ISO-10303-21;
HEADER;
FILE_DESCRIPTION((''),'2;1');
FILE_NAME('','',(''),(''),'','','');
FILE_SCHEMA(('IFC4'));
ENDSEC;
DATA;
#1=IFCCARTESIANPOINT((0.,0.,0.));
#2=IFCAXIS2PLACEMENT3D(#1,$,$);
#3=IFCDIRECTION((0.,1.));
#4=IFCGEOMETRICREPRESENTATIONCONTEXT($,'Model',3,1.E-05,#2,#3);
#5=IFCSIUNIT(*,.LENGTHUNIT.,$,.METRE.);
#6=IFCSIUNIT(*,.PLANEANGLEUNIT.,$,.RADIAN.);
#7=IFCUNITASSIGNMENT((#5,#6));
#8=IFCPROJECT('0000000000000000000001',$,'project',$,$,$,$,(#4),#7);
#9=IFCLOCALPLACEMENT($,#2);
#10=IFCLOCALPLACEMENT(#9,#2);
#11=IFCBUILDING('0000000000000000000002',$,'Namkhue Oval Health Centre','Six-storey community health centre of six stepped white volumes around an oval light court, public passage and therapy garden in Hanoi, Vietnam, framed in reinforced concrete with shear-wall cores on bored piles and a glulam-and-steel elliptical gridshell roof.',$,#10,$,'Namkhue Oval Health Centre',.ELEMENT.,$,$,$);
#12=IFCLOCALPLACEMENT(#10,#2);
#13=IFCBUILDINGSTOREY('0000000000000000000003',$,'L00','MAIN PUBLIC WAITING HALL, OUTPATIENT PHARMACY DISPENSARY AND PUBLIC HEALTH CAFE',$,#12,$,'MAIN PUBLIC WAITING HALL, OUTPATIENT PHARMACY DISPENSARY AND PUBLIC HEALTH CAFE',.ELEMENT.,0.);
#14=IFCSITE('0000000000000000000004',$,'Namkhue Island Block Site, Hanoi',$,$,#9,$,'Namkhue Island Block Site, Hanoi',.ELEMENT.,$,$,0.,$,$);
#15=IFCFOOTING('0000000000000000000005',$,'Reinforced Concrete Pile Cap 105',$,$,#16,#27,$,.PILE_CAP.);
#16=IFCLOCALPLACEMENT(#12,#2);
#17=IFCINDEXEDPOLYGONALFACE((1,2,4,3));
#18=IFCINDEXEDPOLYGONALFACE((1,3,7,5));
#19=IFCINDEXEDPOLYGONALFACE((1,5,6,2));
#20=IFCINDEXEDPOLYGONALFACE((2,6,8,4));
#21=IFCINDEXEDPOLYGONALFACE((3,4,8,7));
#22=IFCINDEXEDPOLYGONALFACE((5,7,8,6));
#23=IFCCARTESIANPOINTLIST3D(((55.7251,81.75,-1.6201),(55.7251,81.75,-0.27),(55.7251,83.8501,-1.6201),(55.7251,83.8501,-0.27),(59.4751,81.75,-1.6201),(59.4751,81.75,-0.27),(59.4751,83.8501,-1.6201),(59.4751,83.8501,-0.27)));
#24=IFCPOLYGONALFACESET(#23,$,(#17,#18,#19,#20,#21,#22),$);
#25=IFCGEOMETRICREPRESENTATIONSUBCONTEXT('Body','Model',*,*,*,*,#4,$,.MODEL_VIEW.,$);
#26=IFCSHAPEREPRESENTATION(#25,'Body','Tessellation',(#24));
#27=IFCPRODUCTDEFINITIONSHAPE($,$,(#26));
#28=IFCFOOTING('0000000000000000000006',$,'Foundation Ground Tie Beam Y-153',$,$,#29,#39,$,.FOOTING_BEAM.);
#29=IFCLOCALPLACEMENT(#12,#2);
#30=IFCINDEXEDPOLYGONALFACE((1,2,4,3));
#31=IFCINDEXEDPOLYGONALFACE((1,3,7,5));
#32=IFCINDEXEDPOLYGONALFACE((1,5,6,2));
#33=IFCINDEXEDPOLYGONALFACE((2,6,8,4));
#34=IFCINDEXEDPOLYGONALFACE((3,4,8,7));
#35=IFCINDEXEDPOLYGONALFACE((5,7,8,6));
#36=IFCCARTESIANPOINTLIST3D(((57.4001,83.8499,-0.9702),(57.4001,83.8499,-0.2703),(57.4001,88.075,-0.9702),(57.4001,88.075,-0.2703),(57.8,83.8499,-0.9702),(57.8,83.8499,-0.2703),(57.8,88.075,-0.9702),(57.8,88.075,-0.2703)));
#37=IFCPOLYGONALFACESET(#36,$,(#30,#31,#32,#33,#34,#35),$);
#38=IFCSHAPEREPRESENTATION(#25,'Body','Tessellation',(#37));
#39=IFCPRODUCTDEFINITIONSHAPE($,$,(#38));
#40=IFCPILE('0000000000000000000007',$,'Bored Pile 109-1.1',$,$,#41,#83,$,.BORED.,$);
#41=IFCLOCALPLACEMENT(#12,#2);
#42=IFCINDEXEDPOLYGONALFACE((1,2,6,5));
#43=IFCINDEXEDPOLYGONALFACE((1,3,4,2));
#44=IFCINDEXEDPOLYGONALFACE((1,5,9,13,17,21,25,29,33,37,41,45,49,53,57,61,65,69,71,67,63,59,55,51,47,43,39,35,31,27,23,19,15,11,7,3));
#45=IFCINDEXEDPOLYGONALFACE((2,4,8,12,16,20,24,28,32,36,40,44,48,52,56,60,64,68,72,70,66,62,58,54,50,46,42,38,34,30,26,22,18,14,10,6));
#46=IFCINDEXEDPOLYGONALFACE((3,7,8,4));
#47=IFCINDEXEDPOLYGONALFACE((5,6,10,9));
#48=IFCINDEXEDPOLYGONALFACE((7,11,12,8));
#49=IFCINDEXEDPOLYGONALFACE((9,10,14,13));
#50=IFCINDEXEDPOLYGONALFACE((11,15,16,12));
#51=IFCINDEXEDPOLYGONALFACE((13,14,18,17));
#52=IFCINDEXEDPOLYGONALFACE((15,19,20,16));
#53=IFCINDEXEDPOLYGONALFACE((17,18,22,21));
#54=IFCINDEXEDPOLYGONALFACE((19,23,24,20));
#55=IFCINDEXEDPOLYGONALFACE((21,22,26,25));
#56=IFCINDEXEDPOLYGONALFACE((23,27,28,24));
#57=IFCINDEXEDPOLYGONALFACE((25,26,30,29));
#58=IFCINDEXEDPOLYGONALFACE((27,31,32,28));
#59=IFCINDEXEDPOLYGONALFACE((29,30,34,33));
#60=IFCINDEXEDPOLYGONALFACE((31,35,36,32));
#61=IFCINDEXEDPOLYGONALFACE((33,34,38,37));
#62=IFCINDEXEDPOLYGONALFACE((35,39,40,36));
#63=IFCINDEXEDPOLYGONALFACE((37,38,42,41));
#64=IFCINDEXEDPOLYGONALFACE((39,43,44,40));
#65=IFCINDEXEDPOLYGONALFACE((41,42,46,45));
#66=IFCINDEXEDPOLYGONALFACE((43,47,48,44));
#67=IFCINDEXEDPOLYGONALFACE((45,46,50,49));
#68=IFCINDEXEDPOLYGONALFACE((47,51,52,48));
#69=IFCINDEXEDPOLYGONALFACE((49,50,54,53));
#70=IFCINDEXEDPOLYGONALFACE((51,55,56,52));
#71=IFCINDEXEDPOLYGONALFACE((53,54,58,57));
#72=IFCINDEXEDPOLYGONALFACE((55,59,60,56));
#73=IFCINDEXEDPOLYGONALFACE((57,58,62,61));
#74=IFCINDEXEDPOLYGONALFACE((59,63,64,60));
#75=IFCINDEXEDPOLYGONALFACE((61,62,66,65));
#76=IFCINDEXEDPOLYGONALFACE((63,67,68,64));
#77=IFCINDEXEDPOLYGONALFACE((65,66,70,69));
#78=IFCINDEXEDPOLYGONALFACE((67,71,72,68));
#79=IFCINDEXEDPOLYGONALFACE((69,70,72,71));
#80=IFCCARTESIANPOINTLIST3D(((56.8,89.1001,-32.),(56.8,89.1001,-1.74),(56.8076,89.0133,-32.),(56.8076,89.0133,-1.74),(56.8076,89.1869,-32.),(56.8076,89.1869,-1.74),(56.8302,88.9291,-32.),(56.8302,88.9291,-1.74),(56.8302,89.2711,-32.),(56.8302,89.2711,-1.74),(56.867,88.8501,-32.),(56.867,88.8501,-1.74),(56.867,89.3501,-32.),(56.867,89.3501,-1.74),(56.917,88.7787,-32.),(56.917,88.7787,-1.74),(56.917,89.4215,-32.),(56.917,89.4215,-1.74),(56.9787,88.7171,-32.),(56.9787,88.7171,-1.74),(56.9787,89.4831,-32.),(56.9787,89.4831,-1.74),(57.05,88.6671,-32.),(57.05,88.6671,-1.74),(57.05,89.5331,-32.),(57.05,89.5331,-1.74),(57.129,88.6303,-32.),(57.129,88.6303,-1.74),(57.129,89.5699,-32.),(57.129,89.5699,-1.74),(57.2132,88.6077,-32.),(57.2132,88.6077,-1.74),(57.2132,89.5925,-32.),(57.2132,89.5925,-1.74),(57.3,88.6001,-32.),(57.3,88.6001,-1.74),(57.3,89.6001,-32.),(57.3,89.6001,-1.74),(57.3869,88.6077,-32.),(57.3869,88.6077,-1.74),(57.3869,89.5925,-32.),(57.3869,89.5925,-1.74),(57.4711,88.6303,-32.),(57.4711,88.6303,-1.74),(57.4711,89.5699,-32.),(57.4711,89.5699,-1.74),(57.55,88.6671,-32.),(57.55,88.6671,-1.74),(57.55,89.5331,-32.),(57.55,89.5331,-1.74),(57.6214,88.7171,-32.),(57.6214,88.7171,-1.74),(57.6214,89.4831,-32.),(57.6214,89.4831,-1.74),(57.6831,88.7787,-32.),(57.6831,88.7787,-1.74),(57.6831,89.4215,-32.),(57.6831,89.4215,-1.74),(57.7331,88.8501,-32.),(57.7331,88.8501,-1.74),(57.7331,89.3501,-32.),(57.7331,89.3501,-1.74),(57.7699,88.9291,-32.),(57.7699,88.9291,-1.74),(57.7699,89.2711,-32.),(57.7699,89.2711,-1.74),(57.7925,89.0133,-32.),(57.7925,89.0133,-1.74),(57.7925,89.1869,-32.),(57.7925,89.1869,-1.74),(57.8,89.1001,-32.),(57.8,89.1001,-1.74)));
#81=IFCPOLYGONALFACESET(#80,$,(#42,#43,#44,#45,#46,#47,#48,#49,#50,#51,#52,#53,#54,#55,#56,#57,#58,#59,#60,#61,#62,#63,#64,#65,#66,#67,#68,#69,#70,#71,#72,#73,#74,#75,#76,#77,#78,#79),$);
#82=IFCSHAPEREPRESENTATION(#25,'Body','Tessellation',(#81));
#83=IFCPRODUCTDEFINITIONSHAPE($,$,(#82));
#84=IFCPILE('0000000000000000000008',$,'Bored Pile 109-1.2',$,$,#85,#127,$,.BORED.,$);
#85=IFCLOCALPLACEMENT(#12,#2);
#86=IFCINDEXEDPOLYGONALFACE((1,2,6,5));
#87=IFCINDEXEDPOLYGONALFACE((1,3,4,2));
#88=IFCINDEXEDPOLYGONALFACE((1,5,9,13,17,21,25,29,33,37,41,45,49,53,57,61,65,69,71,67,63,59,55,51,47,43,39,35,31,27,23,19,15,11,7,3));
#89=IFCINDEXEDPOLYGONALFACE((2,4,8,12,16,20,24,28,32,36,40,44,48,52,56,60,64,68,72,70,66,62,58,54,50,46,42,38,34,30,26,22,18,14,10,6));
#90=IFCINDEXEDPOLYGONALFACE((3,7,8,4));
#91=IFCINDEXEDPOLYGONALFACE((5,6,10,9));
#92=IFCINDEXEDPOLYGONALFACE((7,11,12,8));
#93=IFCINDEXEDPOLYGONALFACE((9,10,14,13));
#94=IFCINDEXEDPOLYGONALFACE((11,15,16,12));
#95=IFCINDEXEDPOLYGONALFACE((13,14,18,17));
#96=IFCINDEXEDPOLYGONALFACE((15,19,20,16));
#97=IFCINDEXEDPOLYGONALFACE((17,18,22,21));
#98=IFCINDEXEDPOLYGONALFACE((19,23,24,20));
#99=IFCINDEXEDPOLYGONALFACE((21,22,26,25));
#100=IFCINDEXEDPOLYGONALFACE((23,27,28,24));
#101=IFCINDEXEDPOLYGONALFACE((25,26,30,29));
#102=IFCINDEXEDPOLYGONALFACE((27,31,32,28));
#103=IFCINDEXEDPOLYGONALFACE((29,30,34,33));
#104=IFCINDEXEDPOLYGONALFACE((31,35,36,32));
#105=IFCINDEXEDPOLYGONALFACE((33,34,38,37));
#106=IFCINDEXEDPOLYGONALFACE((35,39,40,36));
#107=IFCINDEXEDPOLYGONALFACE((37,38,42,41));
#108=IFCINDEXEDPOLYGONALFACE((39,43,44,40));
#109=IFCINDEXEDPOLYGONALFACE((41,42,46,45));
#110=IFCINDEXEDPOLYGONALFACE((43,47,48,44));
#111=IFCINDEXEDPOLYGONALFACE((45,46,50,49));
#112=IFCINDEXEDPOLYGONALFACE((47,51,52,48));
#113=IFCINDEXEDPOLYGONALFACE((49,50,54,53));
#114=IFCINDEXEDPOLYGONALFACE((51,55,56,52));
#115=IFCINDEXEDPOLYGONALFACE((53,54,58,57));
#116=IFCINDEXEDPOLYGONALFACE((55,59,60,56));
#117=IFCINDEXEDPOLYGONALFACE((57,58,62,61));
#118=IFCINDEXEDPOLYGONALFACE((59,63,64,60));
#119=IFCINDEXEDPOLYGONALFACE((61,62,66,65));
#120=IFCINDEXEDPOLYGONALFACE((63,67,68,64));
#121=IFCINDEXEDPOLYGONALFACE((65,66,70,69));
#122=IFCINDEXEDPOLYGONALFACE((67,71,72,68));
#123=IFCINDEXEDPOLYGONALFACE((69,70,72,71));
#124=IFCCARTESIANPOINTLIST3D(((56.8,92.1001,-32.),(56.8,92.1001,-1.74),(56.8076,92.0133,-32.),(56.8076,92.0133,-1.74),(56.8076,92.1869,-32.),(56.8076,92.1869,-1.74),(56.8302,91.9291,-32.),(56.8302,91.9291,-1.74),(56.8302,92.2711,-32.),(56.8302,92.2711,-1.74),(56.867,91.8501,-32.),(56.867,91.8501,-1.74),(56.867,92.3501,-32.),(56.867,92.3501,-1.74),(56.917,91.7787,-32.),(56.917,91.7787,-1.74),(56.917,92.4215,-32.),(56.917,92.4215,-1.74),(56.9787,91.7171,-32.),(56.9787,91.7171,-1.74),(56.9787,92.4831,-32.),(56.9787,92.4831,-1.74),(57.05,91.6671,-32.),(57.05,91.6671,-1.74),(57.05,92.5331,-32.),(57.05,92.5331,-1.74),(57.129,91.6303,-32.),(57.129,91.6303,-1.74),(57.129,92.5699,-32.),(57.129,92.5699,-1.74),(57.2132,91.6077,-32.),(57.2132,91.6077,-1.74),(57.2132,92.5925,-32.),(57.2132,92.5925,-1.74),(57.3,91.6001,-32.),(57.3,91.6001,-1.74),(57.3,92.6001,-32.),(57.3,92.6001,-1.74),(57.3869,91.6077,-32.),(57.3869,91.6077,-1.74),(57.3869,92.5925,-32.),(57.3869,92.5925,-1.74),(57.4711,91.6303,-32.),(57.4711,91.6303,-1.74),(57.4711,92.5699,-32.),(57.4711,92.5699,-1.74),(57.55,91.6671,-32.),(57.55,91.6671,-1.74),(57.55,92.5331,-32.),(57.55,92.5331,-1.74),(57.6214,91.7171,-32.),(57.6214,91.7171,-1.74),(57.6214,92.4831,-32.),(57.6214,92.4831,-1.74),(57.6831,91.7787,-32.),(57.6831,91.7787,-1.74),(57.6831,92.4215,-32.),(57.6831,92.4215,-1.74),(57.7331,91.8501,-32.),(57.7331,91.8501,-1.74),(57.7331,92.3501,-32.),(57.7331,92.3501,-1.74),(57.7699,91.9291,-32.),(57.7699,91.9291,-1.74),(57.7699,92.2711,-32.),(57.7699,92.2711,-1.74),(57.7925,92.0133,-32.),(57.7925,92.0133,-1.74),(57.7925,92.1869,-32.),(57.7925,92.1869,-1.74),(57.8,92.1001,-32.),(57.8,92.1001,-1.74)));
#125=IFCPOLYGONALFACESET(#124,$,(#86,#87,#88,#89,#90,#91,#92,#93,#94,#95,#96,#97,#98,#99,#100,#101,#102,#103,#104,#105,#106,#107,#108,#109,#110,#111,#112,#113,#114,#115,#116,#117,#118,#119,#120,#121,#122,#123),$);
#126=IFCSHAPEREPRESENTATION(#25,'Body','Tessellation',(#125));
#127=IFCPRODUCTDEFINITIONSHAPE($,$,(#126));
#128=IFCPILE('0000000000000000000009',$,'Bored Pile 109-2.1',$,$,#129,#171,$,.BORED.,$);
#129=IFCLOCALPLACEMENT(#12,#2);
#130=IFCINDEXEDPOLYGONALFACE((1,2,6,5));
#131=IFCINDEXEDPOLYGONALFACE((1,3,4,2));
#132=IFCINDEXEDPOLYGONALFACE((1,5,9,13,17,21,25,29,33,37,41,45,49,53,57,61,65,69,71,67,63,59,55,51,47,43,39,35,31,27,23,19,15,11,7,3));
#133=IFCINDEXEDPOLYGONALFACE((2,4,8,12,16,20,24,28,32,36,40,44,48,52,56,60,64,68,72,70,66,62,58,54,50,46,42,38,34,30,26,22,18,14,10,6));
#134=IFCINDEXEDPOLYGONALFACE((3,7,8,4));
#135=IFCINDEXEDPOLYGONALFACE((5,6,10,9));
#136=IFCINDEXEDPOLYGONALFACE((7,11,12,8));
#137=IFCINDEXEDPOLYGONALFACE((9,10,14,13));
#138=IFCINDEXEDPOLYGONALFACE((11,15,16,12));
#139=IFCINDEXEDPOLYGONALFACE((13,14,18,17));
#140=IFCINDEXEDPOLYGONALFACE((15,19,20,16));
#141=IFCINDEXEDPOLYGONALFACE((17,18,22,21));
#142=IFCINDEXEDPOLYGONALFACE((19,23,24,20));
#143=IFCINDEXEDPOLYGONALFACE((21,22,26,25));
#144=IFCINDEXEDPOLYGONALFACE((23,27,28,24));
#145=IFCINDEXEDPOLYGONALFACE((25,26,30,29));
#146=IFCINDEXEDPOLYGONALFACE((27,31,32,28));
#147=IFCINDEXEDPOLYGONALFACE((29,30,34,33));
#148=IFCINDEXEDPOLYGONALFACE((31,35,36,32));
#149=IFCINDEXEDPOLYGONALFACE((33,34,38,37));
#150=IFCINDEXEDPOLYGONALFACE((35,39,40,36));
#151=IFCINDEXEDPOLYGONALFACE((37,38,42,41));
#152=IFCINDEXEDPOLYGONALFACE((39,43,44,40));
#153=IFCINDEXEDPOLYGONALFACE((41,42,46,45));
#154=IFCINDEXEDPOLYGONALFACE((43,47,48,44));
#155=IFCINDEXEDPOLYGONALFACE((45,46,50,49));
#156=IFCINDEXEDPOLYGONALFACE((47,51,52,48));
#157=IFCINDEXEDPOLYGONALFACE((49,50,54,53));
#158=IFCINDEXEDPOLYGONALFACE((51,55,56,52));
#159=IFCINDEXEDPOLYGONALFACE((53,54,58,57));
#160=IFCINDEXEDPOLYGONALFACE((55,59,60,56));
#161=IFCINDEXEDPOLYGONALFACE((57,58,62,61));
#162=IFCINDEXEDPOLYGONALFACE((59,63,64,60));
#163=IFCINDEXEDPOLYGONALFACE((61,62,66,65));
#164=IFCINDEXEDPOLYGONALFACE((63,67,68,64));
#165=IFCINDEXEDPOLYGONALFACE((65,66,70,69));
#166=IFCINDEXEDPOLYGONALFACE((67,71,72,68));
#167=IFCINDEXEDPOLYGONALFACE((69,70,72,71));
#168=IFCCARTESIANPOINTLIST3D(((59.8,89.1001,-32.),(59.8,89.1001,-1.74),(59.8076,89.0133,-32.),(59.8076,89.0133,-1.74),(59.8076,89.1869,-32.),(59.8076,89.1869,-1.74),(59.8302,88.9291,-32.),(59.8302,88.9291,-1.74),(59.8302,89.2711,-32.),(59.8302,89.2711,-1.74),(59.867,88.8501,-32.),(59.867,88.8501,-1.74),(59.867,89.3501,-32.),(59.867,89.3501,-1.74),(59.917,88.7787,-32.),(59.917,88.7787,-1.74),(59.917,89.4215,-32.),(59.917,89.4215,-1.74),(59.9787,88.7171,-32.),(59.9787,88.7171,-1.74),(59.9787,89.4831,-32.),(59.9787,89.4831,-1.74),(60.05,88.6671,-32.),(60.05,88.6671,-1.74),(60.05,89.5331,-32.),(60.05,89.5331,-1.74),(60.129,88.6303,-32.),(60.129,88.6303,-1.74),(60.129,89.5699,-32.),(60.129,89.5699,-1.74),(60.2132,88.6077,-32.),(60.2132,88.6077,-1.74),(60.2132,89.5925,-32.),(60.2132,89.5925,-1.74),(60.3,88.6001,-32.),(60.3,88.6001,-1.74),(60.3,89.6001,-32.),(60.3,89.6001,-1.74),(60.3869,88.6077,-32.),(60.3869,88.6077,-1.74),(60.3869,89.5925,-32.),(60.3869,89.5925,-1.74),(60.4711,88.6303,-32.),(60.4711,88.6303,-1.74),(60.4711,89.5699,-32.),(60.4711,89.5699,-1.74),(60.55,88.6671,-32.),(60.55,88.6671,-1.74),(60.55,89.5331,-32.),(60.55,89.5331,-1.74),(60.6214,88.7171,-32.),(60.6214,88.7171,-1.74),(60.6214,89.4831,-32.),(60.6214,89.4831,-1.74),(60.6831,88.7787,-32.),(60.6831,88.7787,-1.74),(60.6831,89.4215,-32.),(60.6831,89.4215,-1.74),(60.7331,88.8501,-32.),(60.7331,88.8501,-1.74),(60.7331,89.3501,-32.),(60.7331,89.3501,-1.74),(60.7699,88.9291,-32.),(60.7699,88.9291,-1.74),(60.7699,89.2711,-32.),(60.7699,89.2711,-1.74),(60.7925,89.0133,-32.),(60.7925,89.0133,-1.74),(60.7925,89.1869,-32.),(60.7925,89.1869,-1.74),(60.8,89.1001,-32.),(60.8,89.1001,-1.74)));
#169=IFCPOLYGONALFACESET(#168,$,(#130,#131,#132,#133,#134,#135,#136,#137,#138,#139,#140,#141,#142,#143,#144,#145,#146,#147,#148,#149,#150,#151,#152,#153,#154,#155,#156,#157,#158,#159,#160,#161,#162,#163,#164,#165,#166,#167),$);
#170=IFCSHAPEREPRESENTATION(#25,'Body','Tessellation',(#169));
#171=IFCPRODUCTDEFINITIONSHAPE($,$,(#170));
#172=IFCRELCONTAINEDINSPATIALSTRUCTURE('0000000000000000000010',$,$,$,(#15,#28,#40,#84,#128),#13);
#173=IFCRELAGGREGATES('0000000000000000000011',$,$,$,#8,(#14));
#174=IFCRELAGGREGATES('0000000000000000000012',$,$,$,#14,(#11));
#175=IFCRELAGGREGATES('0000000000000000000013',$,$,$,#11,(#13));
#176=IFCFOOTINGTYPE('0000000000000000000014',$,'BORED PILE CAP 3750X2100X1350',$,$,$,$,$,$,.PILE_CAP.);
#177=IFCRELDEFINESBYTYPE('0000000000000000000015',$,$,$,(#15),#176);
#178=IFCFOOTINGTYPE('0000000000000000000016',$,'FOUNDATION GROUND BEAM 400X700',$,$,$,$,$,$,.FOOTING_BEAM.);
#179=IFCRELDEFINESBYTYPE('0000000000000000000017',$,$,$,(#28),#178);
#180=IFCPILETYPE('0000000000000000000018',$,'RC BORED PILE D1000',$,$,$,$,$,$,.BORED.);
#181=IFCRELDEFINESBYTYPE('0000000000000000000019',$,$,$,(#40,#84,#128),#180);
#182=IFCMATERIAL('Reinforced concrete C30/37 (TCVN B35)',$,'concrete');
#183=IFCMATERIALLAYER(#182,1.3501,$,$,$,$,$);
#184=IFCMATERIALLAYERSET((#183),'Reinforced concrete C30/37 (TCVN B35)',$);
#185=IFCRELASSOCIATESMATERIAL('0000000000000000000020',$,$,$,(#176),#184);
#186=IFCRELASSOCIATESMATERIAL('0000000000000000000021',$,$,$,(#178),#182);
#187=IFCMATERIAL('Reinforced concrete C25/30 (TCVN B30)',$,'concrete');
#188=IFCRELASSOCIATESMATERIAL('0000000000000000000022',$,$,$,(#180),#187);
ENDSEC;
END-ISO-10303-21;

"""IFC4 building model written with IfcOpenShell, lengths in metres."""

from ifc_helpers import new_model, si_unit, direction, frame, origin, origin_2d, place, context, subcontext, project, spatial, rectangle, circle, extrude, material, layer, layer_set, material_profile, profile_set, type_object, element, save


model = new_model("IFC4")

# Units and contexts
model_context = context("Model", 3, precision=1e-05, world=origin(), true_north=direction((0.0, 1.0)))
body_context = subcontext(model_context, "Body", "Model", "MODEL_VIEW")
ifc_project = project(units=[si_unit("LENGTHUNIT", "METRE"), si_unit("PLANEANGLEUNIT", "RADIAN")], contexts=[model_context])

# Site, building, storey
site_placement = place(None, origin())
site = spatial("IfcSite", under=ifc_project, at=site_placement, Name="Namkhue Island Block Site, Hanoi", LongName="Namkhue Island Block Site, Hanoi", CompositionType="ELEMENT", RefElevation=0.0)
building_placement = place(site_placement, origin())
building = spatial("IfcBuilding", under=site, at=building_placement, Name="Namkhue Oval Health Centre", Description="Six-storey community health centre of six stepped white volumes around an oval light court, public passage and therapy garden in Hanoi, Vietnam, framed in reinforced concrete with shear-wall cores on bored piles and a glulam-and-steel elliptical gridshell roof.", LongName="Namkhue Oval Health Centre", CompositionType="ELEMENT")
storey_placement = place(building_placement, origin())
storey = spatial("IfcBuildingStorey", under=building, at=storey_placement, Name="L00", Description="MAIN PUBLIC WAITING HALL, OUTPATIENT PHARMACY DISPENSARY AND PUBLIC HEALTH CAFE", LongName="MAIN PUBLIC WAITING HALL, OUTPATIENT PHARMACY DISPENSARY AND PUBLIC HEALTH CAFE", CompositionType="ELEMENT", Elevation=0.0)

# Footings
ifc_material_1 = material(Name="Reinforced concrete C30/37 (TCVN B35)", Category="concrete")
ifc_layer_1 = layer(ifc_material_1, 1.3501)
ifc_layer_set_1 = layer_set([ifc_layer_1], Name="Reinforced concrete C30/37 (TCVN B35)")
footing_type_1 = type_object("IfcFootingType", Name="BORED PILE CAP 3750X2100X1350", PredefinedType="PILE_CAP", material=ifc_layer_set_1)
footing_1_placement = place(storey_placement, frame((57.6001, 82.8, -1.6201), z_axis=(0.0, 0.0, 1.0), x_axis=(1.0, 0.0, 0.0)))
element("IfcFooting", 1, at=footing_1_placement, inside=storey, type_object=footing_type_1, Name="Reinforced Concrete Pile Cap 105", PredefinedType="PILE_CAP", context=body_context, shape_type="SweptSolid", body=[
    extrude(rectangle(XDim=3.75, YDim=2.1001, at=origin_2d()), origin(), (0.0, 0.0, 1.0), 1.3501),
])
footing_type_2 = type_object("IfcFootingType", Name="FOUNDATION GROUND BEAM 400X700", PredefinedType="FOOTING_BEAM", material=ifc_material_1)
footing_2_placement = place(storey_placement, frame((57.6001, 85.9624, -0.9702), z_axis=(0.0, 0.0, 1.0), x_axis=(0.0, 1.0, 0.0)))
element("IfcFooting", 2, at=footing_2_placement, inside=storey, type_object=footing_type_2, Name="Foundation Ground Tie Beam Y-153", PredefinedType="FOOTING_BEAM", context=body_context, shape_type="SweptSolid", body=[
    extrude(rectangle(XDim=4.2251, YDim=0.3999, at=origin_2d()), origin(), (0.0, 0.0, 1.0), 0.7),
])

# Piles
ifc_material_2 = material(Name="Reinforced concrete C25/30 (TCVN B30)", Category="concrete")
ifc_material_profile_1 = material_profile(ifc_material_2, circle(Radius=0.5, at=origin_2d()), Name="BORED PILE D1000")
ifc_profile_set_1 = profile_set([ifc_material_profile_1], Name="Reinforced concrete C25/30 (TCVN B30)")
pile_type_1 = type_object("IfcPileType", Name="RC BORED PILE D1000", PredefinedType="BORED", material=ifc_profile_set_1)
for number, where, z_axis, x_axis, name in (
    (3, (57.3, 89.1001, -1.74), (0.0, 0.0, -1.0), (1.0, 0.0, 0.0), "Bored Pile 109-1.1"),
    (4, (57.3, 92.1001, -1.74), (0.0, 0.0, -1.0), (1.0, 0.0, 0.0), "Bored Pile 109-1.2"),
    (5, (60.3, 89.1001, -1.74), (0.0, 0.0, -1.0), (1.0, 0.0, 0.0), "Bored Pile 109-2.1"),
):
    element("IfcPile", number, at=place(storey_placement, frame(where, z_axis=z_axis, x_axis=x_axis)), inside=storey, type_object=pile_type_1, Name=name, PredefinedType="BORED", context=body_context, shape_type="SweptSolid", body=[
        extrude(circle(Radius=0.5, at=origin_2d()), origin(), (0.0, 0.0, 1.0), 30.26),
    ])

save(model, "model.ifc")
